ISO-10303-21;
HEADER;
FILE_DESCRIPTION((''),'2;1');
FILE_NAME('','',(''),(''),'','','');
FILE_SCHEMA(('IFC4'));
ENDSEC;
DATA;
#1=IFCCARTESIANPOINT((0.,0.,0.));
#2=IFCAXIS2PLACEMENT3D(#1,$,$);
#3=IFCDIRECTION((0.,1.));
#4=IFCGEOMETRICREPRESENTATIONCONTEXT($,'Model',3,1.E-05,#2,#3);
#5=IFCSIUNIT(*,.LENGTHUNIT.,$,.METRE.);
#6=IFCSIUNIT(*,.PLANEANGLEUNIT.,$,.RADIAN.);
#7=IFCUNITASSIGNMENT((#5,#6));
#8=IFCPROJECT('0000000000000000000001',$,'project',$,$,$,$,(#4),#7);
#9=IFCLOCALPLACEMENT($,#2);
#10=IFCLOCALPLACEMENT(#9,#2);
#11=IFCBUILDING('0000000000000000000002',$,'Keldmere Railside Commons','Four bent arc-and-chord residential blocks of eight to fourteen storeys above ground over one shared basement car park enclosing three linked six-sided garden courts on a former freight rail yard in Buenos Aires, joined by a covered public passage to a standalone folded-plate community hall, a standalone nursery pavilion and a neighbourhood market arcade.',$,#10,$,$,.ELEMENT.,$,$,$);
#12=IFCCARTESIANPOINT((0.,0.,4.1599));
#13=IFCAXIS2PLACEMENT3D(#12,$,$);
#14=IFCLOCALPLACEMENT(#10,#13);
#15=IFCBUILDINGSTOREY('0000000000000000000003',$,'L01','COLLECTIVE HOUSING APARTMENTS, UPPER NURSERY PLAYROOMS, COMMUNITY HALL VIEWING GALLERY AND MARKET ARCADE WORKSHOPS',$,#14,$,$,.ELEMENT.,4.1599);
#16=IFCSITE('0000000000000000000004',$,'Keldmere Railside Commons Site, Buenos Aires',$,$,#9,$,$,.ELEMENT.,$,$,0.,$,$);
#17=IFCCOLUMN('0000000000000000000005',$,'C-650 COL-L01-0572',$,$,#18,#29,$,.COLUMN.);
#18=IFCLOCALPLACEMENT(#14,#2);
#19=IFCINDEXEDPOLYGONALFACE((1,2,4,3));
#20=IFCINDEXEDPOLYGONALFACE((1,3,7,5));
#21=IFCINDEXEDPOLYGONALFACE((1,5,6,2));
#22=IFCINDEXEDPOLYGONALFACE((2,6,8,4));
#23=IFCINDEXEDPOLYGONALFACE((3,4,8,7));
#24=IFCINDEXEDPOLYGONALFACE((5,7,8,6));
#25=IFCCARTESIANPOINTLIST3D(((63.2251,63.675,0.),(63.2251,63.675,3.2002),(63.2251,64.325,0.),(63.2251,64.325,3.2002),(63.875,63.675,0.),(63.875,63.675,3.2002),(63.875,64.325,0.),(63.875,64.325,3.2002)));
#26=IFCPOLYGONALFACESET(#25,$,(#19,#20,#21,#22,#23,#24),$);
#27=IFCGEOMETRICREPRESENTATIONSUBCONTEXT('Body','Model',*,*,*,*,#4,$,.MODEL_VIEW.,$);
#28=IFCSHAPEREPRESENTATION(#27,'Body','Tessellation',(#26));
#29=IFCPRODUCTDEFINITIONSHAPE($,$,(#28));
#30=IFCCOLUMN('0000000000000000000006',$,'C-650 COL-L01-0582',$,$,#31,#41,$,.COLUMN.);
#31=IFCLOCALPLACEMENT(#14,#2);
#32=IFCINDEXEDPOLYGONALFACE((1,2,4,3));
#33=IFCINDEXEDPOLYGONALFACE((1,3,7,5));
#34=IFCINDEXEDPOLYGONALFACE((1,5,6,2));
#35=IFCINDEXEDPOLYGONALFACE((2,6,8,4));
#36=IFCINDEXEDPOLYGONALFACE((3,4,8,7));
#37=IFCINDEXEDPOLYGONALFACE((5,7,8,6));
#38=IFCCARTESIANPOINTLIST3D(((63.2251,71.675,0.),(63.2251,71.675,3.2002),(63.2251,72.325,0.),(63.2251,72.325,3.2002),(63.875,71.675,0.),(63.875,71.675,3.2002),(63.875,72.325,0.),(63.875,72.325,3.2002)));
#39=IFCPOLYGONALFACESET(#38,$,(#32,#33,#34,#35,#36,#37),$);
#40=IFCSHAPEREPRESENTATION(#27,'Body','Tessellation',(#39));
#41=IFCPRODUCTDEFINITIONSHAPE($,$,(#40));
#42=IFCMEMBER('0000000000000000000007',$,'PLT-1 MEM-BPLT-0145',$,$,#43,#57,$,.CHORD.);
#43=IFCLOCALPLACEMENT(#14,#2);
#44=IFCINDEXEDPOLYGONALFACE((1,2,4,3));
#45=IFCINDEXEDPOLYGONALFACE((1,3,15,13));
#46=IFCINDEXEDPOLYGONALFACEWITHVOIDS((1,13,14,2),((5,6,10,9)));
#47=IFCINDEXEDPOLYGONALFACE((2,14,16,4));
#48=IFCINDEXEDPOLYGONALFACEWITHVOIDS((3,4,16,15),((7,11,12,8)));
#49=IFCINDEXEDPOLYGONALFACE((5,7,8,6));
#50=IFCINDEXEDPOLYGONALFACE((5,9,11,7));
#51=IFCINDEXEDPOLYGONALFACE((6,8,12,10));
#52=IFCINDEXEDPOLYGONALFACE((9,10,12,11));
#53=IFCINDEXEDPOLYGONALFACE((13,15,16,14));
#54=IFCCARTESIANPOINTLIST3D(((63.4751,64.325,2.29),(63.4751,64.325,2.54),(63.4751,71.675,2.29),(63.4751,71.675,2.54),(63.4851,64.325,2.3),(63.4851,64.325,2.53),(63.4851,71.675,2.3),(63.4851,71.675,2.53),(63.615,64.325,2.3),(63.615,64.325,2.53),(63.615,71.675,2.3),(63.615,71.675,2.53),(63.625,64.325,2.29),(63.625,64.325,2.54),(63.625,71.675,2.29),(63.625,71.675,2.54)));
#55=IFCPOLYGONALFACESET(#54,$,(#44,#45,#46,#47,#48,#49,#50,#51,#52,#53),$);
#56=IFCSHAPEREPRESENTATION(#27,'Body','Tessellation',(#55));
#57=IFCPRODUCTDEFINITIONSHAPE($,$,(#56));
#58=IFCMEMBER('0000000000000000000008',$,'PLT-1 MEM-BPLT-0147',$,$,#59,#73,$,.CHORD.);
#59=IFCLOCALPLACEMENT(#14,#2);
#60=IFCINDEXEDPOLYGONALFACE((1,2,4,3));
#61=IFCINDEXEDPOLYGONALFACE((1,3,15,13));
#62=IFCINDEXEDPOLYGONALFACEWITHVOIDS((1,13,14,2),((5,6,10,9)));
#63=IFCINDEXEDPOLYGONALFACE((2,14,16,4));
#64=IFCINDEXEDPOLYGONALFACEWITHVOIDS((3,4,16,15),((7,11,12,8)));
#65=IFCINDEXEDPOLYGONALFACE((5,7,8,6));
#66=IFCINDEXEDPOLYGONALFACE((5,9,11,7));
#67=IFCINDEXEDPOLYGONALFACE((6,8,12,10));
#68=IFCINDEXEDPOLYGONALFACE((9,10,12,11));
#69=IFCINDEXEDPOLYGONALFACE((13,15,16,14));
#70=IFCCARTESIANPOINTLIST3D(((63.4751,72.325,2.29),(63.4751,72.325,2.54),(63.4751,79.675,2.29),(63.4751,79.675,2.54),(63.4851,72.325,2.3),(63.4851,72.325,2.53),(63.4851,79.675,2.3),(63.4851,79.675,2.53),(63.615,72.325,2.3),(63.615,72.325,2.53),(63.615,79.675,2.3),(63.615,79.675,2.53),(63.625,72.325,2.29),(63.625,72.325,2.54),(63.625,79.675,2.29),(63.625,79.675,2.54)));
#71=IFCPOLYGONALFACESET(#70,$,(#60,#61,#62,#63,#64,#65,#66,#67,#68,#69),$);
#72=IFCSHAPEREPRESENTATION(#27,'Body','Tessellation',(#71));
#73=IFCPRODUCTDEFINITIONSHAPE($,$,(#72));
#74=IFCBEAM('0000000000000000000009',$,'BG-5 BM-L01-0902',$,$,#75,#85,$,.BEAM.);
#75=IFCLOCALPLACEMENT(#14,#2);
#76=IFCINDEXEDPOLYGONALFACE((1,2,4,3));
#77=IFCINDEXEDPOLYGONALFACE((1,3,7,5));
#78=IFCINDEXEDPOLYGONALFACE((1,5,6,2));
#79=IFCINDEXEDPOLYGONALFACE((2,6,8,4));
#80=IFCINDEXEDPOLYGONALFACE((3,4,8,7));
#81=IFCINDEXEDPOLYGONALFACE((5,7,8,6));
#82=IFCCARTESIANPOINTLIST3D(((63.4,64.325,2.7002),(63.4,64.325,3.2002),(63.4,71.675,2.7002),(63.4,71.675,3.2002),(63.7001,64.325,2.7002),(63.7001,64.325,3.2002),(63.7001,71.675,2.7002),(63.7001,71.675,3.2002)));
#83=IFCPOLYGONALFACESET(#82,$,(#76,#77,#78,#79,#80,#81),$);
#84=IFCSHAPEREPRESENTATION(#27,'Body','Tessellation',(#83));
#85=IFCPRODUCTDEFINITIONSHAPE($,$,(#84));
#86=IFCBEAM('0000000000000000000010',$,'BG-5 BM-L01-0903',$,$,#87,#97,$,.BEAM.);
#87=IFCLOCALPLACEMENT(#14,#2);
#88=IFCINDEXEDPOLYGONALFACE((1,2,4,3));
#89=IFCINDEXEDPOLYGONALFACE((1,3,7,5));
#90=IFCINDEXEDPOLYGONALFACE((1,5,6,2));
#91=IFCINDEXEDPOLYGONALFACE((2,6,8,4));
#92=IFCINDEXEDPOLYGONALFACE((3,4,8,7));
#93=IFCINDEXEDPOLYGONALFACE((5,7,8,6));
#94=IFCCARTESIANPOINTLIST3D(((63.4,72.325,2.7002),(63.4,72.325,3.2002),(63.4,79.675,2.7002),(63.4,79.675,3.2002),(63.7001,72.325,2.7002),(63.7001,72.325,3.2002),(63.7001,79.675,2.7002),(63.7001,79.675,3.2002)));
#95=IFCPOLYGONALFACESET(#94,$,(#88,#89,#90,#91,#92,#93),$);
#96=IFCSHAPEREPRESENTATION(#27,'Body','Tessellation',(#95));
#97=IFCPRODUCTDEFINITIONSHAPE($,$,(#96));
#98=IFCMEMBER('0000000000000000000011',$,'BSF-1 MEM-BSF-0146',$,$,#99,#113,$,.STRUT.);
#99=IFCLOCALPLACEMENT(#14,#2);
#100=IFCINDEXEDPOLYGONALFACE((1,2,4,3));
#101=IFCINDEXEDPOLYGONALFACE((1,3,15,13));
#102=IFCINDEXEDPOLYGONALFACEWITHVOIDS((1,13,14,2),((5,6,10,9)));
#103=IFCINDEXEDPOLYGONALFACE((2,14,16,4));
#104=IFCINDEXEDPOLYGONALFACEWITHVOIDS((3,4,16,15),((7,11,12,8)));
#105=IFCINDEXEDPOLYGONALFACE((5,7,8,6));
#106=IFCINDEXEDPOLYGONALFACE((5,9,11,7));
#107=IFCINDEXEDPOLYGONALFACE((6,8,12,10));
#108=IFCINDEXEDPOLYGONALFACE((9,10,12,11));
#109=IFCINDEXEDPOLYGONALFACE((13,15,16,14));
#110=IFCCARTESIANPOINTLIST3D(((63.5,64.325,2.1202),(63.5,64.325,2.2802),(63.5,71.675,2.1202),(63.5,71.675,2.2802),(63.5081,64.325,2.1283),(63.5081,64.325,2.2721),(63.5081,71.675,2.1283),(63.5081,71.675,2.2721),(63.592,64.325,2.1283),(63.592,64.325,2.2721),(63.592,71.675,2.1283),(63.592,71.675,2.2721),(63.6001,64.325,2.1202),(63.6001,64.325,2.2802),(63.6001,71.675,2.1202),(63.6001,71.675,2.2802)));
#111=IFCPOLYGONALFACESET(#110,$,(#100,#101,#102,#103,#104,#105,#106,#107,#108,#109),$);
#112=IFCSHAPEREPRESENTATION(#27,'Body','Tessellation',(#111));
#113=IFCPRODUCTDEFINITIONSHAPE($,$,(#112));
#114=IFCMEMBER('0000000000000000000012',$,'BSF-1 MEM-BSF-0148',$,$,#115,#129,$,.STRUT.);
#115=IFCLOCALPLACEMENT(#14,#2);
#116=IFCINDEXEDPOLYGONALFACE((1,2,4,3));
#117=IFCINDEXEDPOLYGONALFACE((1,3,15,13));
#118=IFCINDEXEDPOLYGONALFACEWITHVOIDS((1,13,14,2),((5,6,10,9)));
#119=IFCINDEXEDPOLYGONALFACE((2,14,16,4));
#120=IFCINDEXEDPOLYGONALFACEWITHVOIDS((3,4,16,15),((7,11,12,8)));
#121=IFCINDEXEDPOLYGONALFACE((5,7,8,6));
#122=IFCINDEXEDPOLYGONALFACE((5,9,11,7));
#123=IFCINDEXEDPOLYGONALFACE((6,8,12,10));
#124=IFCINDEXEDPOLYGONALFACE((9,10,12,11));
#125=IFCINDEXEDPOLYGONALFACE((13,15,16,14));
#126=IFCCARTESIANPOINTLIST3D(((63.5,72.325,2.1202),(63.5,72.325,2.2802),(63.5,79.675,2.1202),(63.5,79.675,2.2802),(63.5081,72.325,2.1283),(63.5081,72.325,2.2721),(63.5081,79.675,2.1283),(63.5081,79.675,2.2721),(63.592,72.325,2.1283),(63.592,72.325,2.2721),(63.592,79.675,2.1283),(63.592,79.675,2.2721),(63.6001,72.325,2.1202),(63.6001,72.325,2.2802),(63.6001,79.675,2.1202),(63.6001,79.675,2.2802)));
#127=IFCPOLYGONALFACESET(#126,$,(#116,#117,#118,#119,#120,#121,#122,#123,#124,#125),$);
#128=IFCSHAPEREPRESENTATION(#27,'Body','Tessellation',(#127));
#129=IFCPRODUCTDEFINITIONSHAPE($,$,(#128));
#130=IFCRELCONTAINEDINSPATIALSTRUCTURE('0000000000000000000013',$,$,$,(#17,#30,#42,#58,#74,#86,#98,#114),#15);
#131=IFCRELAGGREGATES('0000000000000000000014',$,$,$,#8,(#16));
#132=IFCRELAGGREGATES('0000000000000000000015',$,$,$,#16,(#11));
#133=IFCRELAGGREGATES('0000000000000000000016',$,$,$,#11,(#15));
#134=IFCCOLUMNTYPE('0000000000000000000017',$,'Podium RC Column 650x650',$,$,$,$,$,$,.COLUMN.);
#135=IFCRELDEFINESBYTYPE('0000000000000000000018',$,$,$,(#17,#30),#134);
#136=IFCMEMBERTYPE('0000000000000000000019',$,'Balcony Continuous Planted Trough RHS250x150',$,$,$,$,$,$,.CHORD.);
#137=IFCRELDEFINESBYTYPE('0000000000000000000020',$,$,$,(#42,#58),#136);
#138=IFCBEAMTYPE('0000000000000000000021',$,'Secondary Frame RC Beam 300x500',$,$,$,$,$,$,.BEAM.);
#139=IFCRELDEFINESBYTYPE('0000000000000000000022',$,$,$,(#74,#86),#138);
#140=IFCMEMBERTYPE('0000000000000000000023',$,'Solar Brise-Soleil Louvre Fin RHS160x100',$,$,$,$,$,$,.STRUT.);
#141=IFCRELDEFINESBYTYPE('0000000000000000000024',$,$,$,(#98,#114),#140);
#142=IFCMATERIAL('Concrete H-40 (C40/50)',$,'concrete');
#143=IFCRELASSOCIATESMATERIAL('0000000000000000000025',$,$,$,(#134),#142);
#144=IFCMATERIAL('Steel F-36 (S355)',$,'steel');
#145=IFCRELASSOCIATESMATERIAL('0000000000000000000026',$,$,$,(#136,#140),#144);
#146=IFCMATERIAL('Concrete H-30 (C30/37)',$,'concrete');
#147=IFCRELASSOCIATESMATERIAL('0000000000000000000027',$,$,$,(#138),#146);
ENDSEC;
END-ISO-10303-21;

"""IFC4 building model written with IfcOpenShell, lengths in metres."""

from ifc_helpers import new_model, si_unit, direction, frame, origin, origin_2d, place, context, subcontext, project, spatial, rectangle, hollow_rectangle, extrude, material, material_profile, profile_set, type_object, element, save


model = new_model("IFC4")

# Units and contexts
model_context = context("Model", 3, precision=1e-05, world=origin(), true_north=direction((0.0, 1.0)))
body_context = subcontext(model_context, "Body", "Model", "MODEL_VIEW")
ifc_project = project(units=[si_unit("LENGTHUNIT", "METRE"), si_unit("PLANEANGLEUNIT", "RADIAN")], contexts=[model_context])

# Site, building, storey
site_placement = place(None, origin())
site = spatial("IfcSite", under=ifc_project, at=site_placement, Name="Keldmere Railside Commons Site, Buenos Aires", CompositionType="ELEMENT", RefElevation=0.0)
building_placement = place(site_placement, origin())
building = spatial("IfcBuilding", under=site, at=building_placement, Name="Keldmere Railside Commons", Description="Four bent arc-and-chord residential blocks of eight to fourteen storeys above ground over one shared basement car park enclosing three linked six-sided garden courts on a former freight rail yard in Buenos Aires, joined by a covered public passage to a standalone folded-plate community hall, a standalone nursery pavilion and a neighbourhood market arcade.", CompositionType="ELEMENT")
storey_placement = place(building_placement, frame((0.0, 0.0, 4.1599)))
storey = spatial("IfcBuildingStorey", under=building, at=storey_placement, Name="L01", Description="COLLECTIVE HOUSING APARTMENTS, UPPER NURSERY PLAYROOMS, COMMUNITY HALL VIEWING GALLERY AND MARKET ARCADE WORKSHOPS", CompositionType="ELEMENT", Elevation=4.1599)

# Columns
ifc_material_1 = material(Name="Concrete H-40 (C40/50)", Category="concrete")
ifc_material_profile_1 = material_profile(ifc_material_1, rectangle(XDim=0.6499, YDim=0.6499, at=origin_2d()), Name="RC-650x650")
ifc_profile_set_1 = profile_set([ifc_material_profile_1], Name="Concrete H-40 (C40/50)")
column_type = type_object("IfcColumnType", Name="Podium RC Column 650x650", PredefinedType="COLUMN", material=ifc_profile_set_1)
for number, where, z_axis, x_axis, name in (
    (1, (63.55, 64.0, 0.0), (0.0, 0.0, 1.0), (1.0, 0.0, 0.0), "C-650 COL-L01-0572"),
    (2, (63.55, 72.0, 0.0), (0.0, 0.0, 1.0), (1.0, 0.0, 0.0), "C-650 COL-L01-0582"),
):
    element("IfcColumn", number, at=place(storey_placement, frame(where, z_axis=z_axis, x_axis=x_axis)), inside=storey, type_object=column_type, Name=name, PredefinedType="COLUMN", context=body_context, shape_type="SweptSolid", body=[
        extrude(rectangle(XDim=0.6499, YDim=0.6499, at=origin_2d()), origin(), (0.0, 0.0, 1.0), 3.2002),
    ])

# Members
ifc_material_2 = material(Name="Steel F-36 (S355)", Category="steel")
ifc_material_profile_2 = material_profile(ifc_material_2, hollow_rectangle(XDim=0.1499, YDim=0.25, WallThickness=0.01, at=origin_2d()), Name="RHS-250x150x10")
ifc_profile_set_2 = profile_set([ifc_material_profile_2], Name="Steel F-36 (S355)")
member_type_1 = type_object("IfcMemberType", Name="Balcony Continuous Planted Trough RHS250x150", PredefinedType="CHORD", material=ifc_profile_set_2)
for number, where, z_axis, x_axis, name in (
    (3, (63.55, 64.325, 2.415), (0.0, 1.0, 0.0), (-1.0, 0.0, 0.0), "PLT-1 MEM-BPLT-0145"),
    (4, (63.55, 72.325, 2.415), (0.0, 1.0, 0.0), (-1.0, 0.0, 0.0), "PLT-1 MEM-BPLT-0147"),
):
    element("IfcMember", number, at=place(storey_placement, frame(where, z_axis=z_axis, x_axis=x_axis)), inside=storey, type_object=member_type_1, Name=name, PredefinedType="CHORD", context=body_context, shape_type="SweptSolid", body=[
        extrude(hollow_rectangle(XDim=0.1499, YDim=0.25, WallThickness=0.01, at=origin_2d()), origin(), (0.0, 0.0, 1.0), 7.3501),
    ])

# Beams
ifc_material_3 = material(Name="Concrete H-30 (C30/37)", Category="concrete")
ifc_material_profile_3 = material_profile(ifc_material_3, rectangle(XDim=0.3, YDim=0.5, at=origin_2d()), Name="RC-300x500")
ifc_profile_set_3 = profile_set([ifc_material_profile_3], Name="Concrete H-30 (C30/37)")
beam_type = type_object("IfcBeamType", Name="Secondary Frame RC Beam 300x500", PredefinedType="BEAM", material=ifc_profile_set_3)
for number, where, z_axis, x_axis, name in (
    (5, (63.55, 64.325, 2.9502), (0.0, 1.0, 0.0), (-1.0, 0.0, 0.0), "BG-5 BM-L01-0902"),
    (6, (63.55, 72.325, 2.9502), (0.0, 1.0, 0.0), (-1.0, 0.0, 0.0), "BG-5 BM-L01-0903"),
):
    element("IfcBeam", number, at=place(storey_placement, frame(where, z_axis=z_axis, x_axis=x_axis)), inside=storey, type_object=beam_type, Name=name, PredefinedType="BEAM", context=body_context, shape_type="SweptSolid", body=[
        extrude(rectangle(XDim=0.3, YDim=0.5, at=origin_2d()), origin(), (0.0, 0.0, 1.0), 7.3501),
    ])

# Members
ifc_material_profile_4 = material_profile(ifc_material_2, hollow_rectangle(XDim=0.1001, YDim=0.1599, WallThickness=0.0081, at=origin_2d()), Name="RHS-160x100x8")
ifc_profile_set_4 = profile_set([ifc_material_profile_4], Name="Steel F-36 (S355)")
member_type_2 = type_object("IfcMemberType", Name="Solar Brise-Soleil Louvre Fin RHS160x100", PredefinedType="STRUT", material=ifc_profile_set_4)
for number, where, z_axis, x_axis, name in (
    (7, (63.55, 64.325, 2.2002), (0.0, 1.0, 0.0), (-1.0, 0.0, 0.0), "BSF-1 MEM-BSF-0146"),
    (8, (63.55, 72.325, 2.2002), (0.0, 1.0, 0.0), (-1.0, 0.0, 0.0), "BSF-1 MEM-BSF-0148"),
):
    element("IfcMember", number, at=place(storey_placement, frame(where, z_axis=z_axis, x_axis=x_axis)), inside=storey, type_object=member_type_2, Name=name, PredefinedType="STRUT", context=body_context, shape_type="SweptSolid", body=[
        extrude(hollow_rectangle(XDim=0.1001, YDim=0.1599, WallThickness=0.0081, at=origin_2d()), origin(), (0.0, 0.0, 1.0), 7.3501),
    ])

save(model, "model.ifc")
